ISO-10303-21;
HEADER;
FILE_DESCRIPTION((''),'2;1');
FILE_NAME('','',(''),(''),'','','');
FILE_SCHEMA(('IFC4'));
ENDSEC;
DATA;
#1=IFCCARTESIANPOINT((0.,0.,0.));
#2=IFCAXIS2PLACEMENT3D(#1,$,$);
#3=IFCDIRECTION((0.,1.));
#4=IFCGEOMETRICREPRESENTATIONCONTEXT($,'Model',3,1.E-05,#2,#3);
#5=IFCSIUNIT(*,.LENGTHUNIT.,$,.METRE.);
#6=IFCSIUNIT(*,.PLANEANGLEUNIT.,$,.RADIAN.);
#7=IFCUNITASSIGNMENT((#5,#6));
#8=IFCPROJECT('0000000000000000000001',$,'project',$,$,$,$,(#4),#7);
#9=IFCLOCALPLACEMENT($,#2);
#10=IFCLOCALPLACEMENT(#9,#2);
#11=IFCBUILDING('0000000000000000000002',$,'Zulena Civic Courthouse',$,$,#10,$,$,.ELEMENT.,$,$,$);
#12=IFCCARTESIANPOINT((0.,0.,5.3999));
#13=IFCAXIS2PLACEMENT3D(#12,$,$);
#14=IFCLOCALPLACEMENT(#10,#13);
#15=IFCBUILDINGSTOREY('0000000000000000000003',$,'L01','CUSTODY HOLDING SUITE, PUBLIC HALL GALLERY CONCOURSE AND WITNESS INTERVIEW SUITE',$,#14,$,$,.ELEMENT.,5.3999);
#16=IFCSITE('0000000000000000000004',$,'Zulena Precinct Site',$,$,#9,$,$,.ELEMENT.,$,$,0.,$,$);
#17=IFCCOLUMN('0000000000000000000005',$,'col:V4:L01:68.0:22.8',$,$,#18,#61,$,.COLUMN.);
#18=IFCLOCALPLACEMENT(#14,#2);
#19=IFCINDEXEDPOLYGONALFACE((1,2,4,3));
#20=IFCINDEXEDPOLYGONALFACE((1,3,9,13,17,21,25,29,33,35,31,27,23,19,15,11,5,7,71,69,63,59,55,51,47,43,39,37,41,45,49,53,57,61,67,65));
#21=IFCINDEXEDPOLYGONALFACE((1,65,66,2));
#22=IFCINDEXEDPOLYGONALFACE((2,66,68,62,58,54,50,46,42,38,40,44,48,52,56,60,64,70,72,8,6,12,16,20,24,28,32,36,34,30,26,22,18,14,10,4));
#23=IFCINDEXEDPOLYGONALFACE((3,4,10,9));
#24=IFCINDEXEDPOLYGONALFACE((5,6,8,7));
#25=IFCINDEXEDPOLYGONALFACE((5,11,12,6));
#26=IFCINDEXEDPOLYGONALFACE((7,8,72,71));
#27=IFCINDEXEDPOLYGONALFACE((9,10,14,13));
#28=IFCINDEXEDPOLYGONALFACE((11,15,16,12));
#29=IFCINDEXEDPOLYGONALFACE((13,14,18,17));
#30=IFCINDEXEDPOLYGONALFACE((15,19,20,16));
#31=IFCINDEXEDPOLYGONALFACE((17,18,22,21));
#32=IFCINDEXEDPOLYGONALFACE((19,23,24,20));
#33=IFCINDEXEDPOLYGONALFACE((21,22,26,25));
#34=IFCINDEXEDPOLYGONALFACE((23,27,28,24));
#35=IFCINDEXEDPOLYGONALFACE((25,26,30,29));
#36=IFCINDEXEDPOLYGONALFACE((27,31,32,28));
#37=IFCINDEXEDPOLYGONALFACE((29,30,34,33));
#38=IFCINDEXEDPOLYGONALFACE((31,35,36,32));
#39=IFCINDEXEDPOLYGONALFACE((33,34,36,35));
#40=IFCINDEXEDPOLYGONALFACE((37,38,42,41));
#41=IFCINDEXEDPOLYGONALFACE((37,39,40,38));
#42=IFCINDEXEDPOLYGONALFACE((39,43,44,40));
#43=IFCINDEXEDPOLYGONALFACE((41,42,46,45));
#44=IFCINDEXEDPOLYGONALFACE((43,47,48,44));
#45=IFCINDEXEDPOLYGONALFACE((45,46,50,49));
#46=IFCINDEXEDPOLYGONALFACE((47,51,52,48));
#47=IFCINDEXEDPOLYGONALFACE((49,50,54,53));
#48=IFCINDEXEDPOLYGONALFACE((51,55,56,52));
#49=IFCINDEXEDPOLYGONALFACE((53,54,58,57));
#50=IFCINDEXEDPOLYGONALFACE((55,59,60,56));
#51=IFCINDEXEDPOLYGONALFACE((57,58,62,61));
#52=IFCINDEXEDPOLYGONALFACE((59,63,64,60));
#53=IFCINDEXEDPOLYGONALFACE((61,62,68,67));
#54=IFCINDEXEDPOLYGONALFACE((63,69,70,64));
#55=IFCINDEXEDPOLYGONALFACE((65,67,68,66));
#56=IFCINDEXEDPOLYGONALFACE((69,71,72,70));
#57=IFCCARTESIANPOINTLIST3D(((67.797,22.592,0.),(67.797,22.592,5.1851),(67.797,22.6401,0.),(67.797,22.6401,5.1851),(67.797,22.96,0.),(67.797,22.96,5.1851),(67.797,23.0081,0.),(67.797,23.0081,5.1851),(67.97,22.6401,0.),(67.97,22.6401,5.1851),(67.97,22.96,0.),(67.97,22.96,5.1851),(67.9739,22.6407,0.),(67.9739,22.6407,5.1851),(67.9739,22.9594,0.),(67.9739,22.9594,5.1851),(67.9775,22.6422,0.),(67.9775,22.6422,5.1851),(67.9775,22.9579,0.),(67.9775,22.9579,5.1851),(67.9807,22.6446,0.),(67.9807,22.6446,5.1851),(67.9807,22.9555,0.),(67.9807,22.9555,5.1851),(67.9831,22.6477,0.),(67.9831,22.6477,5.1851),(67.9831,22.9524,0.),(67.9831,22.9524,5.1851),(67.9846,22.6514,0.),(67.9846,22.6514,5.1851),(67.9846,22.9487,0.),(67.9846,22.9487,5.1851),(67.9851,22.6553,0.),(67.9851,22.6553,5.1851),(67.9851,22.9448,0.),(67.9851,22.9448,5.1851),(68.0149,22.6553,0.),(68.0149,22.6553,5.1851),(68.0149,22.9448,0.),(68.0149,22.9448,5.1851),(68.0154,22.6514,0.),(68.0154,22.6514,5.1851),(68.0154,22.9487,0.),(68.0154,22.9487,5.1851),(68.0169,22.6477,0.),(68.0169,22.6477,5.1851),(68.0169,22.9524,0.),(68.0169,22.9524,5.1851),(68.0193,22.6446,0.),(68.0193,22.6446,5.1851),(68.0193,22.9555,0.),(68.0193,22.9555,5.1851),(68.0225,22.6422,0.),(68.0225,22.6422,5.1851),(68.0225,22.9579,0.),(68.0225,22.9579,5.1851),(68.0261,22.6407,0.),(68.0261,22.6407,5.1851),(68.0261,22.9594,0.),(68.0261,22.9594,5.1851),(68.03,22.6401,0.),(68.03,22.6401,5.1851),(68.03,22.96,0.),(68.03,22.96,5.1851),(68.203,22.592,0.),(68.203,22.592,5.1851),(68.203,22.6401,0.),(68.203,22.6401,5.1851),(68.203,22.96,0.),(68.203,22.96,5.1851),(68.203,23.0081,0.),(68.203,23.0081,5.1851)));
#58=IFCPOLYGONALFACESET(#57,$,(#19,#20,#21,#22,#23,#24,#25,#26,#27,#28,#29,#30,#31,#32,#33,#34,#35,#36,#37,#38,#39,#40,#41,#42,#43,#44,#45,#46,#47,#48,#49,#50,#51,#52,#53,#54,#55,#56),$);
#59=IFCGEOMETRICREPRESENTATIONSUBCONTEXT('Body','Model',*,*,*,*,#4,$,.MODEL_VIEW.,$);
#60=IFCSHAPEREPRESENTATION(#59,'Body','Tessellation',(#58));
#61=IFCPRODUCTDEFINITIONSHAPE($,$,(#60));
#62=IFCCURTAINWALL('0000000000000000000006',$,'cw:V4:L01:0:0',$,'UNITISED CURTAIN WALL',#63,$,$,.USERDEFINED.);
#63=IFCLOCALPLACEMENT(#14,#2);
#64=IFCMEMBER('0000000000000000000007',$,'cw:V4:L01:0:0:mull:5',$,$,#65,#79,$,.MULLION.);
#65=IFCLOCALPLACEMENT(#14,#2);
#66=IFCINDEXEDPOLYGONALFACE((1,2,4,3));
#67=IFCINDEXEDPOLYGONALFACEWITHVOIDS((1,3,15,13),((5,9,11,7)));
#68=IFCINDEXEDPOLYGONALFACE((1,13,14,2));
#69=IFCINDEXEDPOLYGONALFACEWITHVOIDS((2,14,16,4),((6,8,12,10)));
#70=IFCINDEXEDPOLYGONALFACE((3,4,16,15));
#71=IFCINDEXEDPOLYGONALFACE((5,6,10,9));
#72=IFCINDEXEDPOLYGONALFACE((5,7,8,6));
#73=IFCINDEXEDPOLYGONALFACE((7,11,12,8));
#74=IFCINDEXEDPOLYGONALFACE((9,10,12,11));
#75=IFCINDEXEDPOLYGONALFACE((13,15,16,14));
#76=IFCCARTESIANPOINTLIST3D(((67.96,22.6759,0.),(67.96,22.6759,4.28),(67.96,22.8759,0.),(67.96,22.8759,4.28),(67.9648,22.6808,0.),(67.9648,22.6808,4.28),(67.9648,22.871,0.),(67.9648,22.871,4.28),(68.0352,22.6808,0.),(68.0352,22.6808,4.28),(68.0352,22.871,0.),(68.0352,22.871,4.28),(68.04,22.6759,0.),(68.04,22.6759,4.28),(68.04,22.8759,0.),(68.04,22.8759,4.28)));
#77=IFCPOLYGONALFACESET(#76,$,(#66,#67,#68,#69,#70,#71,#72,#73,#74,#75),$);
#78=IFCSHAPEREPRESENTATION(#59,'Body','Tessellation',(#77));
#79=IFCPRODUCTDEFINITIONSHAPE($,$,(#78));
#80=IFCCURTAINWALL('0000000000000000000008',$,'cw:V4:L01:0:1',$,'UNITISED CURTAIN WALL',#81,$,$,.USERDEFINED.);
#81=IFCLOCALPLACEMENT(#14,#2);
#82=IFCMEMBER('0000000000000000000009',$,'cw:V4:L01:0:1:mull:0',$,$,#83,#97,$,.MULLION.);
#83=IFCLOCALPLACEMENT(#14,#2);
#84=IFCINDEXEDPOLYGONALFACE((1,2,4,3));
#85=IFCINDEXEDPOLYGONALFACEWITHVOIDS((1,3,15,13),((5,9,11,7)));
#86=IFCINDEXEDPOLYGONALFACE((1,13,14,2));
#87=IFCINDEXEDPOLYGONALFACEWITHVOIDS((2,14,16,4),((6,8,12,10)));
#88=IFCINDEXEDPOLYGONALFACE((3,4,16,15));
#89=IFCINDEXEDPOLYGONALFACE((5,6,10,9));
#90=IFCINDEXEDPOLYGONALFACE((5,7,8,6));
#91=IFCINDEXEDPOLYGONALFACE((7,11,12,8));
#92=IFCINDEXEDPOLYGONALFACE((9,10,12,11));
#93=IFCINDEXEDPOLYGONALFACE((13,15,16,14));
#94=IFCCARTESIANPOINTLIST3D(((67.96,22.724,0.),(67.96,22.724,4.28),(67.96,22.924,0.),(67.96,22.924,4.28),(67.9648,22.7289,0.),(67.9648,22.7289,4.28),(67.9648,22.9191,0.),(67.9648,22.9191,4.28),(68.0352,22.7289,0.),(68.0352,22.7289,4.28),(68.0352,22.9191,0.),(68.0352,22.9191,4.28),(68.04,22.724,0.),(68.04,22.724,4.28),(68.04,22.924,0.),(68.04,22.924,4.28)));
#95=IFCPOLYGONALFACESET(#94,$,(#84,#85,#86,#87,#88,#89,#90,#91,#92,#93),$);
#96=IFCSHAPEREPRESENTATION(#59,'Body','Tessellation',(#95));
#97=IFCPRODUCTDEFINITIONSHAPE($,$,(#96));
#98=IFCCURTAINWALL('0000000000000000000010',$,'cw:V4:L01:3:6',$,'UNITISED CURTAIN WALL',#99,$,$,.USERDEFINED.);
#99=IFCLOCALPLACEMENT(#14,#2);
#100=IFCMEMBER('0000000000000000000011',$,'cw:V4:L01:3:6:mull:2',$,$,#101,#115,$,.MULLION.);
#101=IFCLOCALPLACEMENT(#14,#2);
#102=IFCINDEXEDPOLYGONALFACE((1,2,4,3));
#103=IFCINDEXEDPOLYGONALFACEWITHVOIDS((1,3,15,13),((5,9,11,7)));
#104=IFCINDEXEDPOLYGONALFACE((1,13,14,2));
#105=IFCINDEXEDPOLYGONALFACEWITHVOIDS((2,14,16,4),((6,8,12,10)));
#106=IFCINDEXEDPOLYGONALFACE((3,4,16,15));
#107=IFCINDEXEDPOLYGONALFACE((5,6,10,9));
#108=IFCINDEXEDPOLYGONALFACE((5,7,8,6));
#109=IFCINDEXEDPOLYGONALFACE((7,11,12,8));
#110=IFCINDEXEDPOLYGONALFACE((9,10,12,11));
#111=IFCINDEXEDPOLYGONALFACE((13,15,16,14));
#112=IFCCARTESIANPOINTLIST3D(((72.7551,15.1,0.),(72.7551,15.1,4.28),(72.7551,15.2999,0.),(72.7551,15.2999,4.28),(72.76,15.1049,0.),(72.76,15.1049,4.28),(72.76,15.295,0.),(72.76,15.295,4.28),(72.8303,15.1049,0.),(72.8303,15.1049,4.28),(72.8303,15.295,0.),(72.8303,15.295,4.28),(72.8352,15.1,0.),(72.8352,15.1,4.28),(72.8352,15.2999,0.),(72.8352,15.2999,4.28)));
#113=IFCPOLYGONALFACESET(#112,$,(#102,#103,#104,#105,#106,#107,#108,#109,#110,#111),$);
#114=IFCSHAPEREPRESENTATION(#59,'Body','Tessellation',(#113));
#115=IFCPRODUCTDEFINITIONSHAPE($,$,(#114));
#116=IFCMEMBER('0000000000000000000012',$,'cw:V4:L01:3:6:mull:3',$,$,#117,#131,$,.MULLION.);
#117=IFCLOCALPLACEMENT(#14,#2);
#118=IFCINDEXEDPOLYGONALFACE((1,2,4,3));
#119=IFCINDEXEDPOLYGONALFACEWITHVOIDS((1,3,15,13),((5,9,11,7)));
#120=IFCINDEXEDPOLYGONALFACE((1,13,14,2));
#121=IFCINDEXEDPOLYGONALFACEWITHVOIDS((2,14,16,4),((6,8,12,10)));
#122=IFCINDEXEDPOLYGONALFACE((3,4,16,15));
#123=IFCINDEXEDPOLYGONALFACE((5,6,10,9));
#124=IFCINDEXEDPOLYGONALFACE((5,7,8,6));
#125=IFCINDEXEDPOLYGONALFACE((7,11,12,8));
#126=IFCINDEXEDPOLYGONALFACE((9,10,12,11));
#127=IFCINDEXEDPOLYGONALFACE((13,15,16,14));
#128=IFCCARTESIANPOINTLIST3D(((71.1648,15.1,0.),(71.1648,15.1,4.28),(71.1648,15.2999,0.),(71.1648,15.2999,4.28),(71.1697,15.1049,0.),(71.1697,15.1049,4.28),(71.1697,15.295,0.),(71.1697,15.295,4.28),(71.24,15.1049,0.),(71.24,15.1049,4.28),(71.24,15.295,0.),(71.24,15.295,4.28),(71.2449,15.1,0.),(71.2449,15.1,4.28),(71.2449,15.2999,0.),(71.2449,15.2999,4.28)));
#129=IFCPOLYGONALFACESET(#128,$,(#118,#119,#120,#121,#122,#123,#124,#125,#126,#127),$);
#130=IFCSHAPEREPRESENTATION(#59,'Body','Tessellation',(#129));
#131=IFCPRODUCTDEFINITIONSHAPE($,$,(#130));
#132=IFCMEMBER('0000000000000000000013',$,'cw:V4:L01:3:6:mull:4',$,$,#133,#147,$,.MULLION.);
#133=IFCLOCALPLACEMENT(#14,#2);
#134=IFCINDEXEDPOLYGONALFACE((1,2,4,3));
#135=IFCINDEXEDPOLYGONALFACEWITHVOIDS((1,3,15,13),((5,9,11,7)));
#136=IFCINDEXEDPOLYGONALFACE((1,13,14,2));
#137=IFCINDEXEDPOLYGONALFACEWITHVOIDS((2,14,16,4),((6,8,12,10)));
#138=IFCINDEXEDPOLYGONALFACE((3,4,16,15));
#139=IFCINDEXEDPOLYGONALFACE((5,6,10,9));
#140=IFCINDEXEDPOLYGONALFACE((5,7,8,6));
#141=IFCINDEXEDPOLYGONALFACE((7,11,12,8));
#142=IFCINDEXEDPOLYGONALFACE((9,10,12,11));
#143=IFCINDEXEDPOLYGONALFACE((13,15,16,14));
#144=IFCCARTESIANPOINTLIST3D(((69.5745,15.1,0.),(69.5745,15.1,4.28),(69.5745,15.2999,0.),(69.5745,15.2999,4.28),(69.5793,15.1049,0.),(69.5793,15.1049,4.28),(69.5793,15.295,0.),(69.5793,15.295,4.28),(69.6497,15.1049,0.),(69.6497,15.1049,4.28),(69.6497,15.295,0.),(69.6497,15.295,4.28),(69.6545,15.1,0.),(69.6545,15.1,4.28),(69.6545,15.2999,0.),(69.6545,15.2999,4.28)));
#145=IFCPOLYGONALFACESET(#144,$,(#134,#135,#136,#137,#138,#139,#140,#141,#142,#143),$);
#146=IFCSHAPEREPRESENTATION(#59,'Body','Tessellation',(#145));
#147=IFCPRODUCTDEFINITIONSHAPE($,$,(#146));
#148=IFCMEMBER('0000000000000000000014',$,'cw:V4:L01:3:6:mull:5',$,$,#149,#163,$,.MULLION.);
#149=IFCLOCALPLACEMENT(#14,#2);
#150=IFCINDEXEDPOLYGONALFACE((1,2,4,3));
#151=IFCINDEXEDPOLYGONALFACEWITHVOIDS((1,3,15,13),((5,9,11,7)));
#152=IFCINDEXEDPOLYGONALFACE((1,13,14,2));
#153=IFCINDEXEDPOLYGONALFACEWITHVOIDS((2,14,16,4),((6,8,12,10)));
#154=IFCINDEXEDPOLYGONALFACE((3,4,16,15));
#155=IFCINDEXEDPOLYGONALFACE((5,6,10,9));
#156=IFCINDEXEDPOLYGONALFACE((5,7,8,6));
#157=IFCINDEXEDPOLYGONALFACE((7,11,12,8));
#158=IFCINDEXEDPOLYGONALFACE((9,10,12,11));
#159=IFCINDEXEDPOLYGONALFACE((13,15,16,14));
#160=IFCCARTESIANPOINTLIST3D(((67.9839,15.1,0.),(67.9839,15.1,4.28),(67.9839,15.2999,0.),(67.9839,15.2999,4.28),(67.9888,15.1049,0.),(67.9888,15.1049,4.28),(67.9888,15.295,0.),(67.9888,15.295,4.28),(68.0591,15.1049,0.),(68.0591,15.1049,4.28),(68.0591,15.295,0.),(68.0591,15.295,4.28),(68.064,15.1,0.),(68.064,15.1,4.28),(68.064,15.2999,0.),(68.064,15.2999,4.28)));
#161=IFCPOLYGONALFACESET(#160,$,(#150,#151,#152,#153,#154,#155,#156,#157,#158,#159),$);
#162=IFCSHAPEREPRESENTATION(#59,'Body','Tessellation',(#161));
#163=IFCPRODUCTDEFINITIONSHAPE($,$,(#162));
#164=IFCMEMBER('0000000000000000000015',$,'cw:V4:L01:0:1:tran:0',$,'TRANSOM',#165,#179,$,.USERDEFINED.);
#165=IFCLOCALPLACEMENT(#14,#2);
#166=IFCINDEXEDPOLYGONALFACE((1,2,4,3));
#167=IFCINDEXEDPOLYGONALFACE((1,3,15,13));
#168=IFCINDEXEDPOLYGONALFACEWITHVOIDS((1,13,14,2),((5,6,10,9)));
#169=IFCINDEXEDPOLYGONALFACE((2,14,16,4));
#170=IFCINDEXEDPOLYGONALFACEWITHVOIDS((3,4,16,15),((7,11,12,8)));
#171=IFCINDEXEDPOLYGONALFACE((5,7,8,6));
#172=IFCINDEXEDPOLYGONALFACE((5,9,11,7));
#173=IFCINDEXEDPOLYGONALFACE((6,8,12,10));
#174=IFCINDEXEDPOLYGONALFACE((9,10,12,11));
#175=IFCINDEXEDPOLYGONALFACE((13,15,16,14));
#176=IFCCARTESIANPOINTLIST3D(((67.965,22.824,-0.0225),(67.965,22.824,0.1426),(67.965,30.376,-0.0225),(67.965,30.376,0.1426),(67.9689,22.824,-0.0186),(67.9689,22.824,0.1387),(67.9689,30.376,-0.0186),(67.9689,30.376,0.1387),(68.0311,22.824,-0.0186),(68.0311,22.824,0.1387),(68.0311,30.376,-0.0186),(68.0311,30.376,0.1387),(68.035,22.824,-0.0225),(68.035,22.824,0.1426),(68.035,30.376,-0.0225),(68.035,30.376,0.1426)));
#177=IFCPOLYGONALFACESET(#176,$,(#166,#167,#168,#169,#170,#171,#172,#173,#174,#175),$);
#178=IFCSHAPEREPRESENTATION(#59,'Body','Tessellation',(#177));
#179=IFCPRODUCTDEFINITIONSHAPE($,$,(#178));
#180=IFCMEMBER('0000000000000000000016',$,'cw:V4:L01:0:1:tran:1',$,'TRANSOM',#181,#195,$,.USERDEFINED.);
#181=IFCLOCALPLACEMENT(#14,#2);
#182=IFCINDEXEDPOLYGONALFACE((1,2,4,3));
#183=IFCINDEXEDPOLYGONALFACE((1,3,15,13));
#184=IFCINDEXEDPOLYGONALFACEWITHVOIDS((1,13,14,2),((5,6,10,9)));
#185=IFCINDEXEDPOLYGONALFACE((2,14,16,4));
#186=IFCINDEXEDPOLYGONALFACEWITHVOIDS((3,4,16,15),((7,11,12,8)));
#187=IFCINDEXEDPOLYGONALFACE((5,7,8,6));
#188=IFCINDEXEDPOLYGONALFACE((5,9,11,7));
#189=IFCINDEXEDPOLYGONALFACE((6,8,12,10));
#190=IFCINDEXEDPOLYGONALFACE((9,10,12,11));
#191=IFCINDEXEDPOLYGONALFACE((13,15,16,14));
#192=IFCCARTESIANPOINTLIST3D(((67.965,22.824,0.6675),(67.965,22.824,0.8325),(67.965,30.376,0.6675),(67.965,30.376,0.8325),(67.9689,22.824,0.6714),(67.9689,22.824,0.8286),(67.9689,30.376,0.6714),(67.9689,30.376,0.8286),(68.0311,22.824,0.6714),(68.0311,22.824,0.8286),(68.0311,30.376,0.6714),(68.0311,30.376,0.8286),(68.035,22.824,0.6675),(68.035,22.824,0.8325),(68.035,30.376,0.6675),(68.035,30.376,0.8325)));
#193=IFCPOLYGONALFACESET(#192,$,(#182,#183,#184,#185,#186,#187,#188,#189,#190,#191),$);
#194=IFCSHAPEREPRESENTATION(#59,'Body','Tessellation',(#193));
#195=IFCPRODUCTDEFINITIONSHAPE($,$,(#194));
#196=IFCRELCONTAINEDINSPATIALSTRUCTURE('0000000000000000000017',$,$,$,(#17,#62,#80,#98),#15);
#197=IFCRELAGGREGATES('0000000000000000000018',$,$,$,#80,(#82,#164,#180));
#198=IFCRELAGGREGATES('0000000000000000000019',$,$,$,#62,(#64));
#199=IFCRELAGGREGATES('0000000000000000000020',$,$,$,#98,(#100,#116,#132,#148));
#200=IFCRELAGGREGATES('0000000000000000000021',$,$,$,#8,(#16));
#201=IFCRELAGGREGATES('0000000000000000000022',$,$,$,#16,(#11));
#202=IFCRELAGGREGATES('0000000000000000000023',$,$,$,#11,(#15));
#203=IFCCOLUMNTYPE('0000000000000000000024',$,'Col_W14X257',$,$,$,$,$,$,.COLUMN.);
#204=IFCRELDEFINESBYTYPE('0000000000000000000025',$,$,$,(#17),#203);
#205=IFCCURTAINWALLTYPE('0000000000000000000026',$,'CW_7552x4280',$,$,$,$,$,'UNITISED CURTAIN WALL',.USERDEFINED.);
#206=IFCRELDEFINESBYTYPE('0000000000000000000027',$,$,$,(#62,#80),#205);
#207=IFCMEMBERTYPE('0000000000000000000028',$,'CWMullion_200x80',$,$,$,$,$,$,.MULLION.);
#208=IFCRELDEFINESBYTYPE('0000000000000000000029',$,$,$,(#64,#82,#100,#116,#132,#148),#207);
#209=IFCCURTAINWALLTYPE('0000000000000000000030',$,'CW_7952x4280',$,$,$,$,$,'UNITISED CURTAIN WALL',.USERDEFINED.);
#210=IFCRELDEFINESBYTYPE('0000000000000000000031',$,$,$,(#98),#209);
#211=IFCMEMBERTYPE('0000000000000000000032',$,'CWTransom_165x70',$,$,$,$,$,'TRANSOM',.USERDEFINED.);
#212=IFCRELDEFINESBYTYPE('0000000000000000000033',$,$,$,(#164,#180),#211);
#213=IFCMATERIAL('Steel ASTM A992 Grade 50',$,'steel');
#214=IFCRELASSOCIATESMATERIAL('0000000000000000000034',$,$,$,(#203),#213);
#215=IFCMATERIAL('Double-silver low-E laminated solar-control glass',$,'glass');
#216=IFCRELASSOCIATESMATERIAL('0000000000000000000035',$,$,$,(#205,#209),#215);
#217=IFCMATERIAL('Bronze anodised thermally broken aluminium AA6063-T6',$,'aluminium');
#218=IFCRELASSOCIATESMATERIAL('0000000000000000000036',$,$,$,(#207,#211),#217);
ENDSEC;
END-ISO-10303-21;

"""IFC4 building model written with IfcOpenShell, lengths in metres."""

from ifc_helpers import new_model, si_unit, direction, frame, origin, origin_2d, place, context, subcontext, project, spatial, hollow_rectangle, i_section, extrude, material, material_profile, profile_set, type_object, element, aggregate, save


model = new_model("IFC4")

# Units and contexts
model_context = context("Model", 3, precision=1e-05, world=origin(), true_north=direction((0.0, 1.0)))
body_context = subcontext(model_context, "Body", "Model", "MODEL_VIEW")
ifc_project = project(units=[si_unit("LENGTHUNIT", "METRE"), si_unit("PLANEANGLEUNIT", "RADIAN")], contexts=[model_context])

# Site, building, storey
site_placement = place(None, origin())
site = spatial("IfcSite", under=ifc_project, at=site_placement, Name="Zulena Precinct Site", CompositionType="ELEMENT", RefElevation=0.0)
building_placement = place(site_placement, origin())
building = spatial("IfcBuilding", under=site, at=building_placement, Name="Zulena Civic Courthouse", CompositionType="ELEMENT")
storey_placement = place(building_placement, frame((0.0, 0.0, 5.3999)))
storey = spatial("IfcBuildingStorey", under=building, at=storey_placement, Name="L01", Description="CUSTODY HOLDING SUITE, PUBLIC HALL GALLERY CONCOURSE AND WITNESS INTERVIEW SUITE", CompositionType="ELEMENT", Elevation=5.3999)

# Column
ifc_material_1 = material(Name="Steel ASTM A992 Grade 50", Category="steel")
ifc_material_profile_1 = material_profile(ifc_material_1, i_section(OverallWidth=0.406, OverallDepth=0.416, WebThickness=0.0298, FlangeThickness=0.0481, FilletRadius=0.0151, at=origin_2d()), Name="W14X257")
ifc_profile_set_1 = profile_set([ifc_material_profile_1], Name="Steel ASTM A992 Grade 50")
column_type = type_object("IfcColumnType", Name="Col_W14X257", PredefinedType="COLUMN", material=ifc_profile_set_1)
column_placement = place(storey_placement, frame((68.0, 22.8, 0.0), z_axis=(0.0, 0.0, 1.0), x_axis=(1.0, 0.0, 0.0)))
element("IfcColumn", 1, at=column_placement, inside=storey, type_object=column_type, Name="col:V4:L01:68.0:22.8", PredefinedType="COLUMN", context=body_context, shape_type="SweptSolid", body=[
    extrude(i_section(OverallWidth=0.406, OverallDepth=0.416, WebThickness=0.0298, FlangeThickness=0.0481, FilletRadius=0.0151, at=origin_2d()), origin(), (0.0, 0.0, 1.0), 5.1851),
])

# Curtain walls, members
ifc_material_2 = material(Name="Double-silver low-E laminated solar-control glass", Category="glass")
curtain_wall_type_1 = type_object("IfcCurtainWallType", Name="CW_7552x4280", ElementType="UNITISED CURTAIN WALL", PredefinedType="USERDEFINED", material=ifc_material_2)
curtain_wall_1_placement = place(storey_placement, origin())
curtain_wall_1 = element("IfcCurtainWall", 2, at=curtain_wall_1_placement, inside=storey, type_object=curtain_wall_type_1, Name="cw:V4:L01:0:0", ObjectType="UNITISED CURTAIN WALL", PredefinedType="USERDEFINED")
ifc_material_3 = material(Name="Bronze anodised thermally broken aluminium AA6063-T6", Category="aluminium")
ifc_material_profile_2 = material_profile(ifc_material_3, hollow_rectangle(XDim=0.0801, YDim=0.2, WallThickness=0.0049, at=origin_2d()), Name="CWM200X80X5")
ifc_profile_set_2 = profile_set([ifc_material_profile_2], Name="Bronze anodised thermally broken aluminium AA6063-T6")
member_type_1 = type_object("IfcMemberType", Name="CWMullion_200x80", PredefinedType="MULLION", material=ifc_profile_set_2)
member_1_placement = place(storey_placement, frame((68.0, 22.7759, 0.0), z_axis=(0.0, 0.0, 1.0), x_axis=(1.0, 0.0, 0.0)))
member_1 = element("IfcMember", 3, at=member_1_placement, type_object=member_type_1, Name="cw:V4:L01:0:0:mull:5", PredefinedType="MULLION", context=body_context, shape_type="SweptSolid", body=[
    extrude(hollow_rectangle(XDim=0.0801, YDim=0.2, WallThickness=0.0049, at=origin_2d()), origin(), (0.0, 0.0, 1.0), 4.28),
])
curtain_wall_2_placement = place(storey_placement, origin())
curtain_wall_2 = element("IfcCurtainWall", 4, at=curtain_wall_2_placement, inside=storey, type_object=curtain_wall_type_1, Name="cw:V4:L01:0:1", ObjectType="UNITISED CURTAIN WALL", PredefinedType="USERDEFINED")
member_2_placement = place(storey_placement, frame((68.0, 22.824, 0.0), z_axis=(0.0, 0.0, 1.0), x_axis=(1.0, 0.0, 0.0)))
member_2 = element("IfcMember", 5, at=member_2_placement, type_object=member_type_1, Name="cw:V4:L01:0:1:mull:0", PredefinedType="MULLION", context=body_context, shape_type="SweptSolid", body=[
    extrude(hollow_rectangle(XDim=0.0801, YDim=0.2, WallThickness=0.0049, at=origin_2d()), origin(), (0.0, 0.0, 1.0), 4.28),
])

# Curtain wall, members
curtain_wall_type_2 = type_object("IfcCurtainWallType", Name="CW_7952x4280", ElementType="UNITISED CURTAIN WALL", PredefinedType="USERDEFINED", material=ifc_material_2)
curtain_wall_3_placement = place(storey_placement, origin())
curtain_wall_3 = element("IfcCurtainWall", 6, at=curtain_wall_3_placement, inside=storey, type_object=curtain_wall_type_2, Name="cw:V4:L01:3:6", ObjectType="UNITISED CURTAIN WALL", PredefinedType="USERDEFINED")
member_3_placement = place(storey_placement, frame((72.7952, 15.2, 0.0), z_axis=(0.0, 0.0, 1.0), x_axis=(1.0, 0.0, 0.0)))
member_3 = element("IfcMember", 7, at=member_3_placement, type_object=member_type_1, Name="cw:V4:L01:3:6:mull:2", PredefinedType="MULLION", context=body_context, shape_type="SweptSolid", body=[
    extrude(hollow_rectangle(XDim=0.0801, YDim=0.2, WallThickness=0.0049, at=origin_2d()), origin(), (0.0, 0.0, 1.0), 4.28),
])
member_4_placement = place(storey_placement, frame((71.2048, 15.2, 0.0), z_axis=(0.0, 0.0, 1.0), x_axis=(1.0, 0.0, 0.0)))
member_4 = element("IfcMember", 8, at=member_4_placement, type_object=member_type_1, Name="cw:V4:L01:3:6:mull:3", PredefinedType="MULLION", context=body_context, shape_type="SweptSolid", body=[
    extrude(hollow_rectangle(XDim=0.0801, YDim=0.2, WallThickness=0.0049, at=origin_2d()), origin(), (0.0, 0.0, 1.0), 4.28),
])
member_5_placement = place(storey_placement, frame((69.6145, 15.2, 0.0), z_axis=(0.0, 0.0, 1.0), x_axis=(1.0, 0.0, 0.0)))
member_5 = element("IfcMember", 9, at=member_5_placement, type_object=member_type_1, Name="cw:V4:L01:3:6:mull:4", PredefinedType="MULLION", context=body_context, shape_type="SweptSolid", body=[
    extrude(hollow_rectangle(XDim=0.0801, YDim=0.2, WallThickness=0.0049, at=origin_2d()), origin(), (0.0, 0.0, 1.0), 4.28),
])
member_6_placement = place(storey_placement, frame((68.0239, 15.2, 0.0), z_axis=(0.0, 0.0, 1.0), x_axis=(1.0, 0.0, 0.0)))
member_6 = element("IfcMember", 10, at=member_6_placement, type_object=member_type_1, Name="cw:V4:L01:3:6:mull:5", PredefinedType="MULLION", context=body_context, shape_type="SweptSolid", body=[
    extrude(hollow_rectangle(XDim=0.0801, YDim=0.2, WallThickness=0.0049, at=origin_2d()), origin(), (0.0, 0.0, 1.0), 4.28),
])

# Members
ifc_material_profile_3 = material_profile(ifc_material_3, hollow_rectangle(XDim=0.0701, YDim=0.165, WallThickness=0.0039, at=origin_2d()), Name="CWT165X70X4")
ifc_profile_set_3 = profile_set([ifc_material_profile_3], Name="Bronze anodised thermally broken aluminium AA6063-T6")
member_type_2 = type_object("IfcMemberType", Name="CWTransom_165x70", ElementType="TRANSOM", PredefinedType="USERDEFINED", material=ifc_profile_set_3)
member_7_placement = place(storey_placement, frame((68.0, 22.824, 0.0601), z_axis=(0.0, 1.0, 0.0), x_axis=(-1.0, 0.0, 0.0)))
member_7 = element("IfcMember", 11, at=member_7_placement, type_object=member_type_2, Name="cw:V4:L01:0:1:tran:0", ObjectType="TRANSOM", PredefinedType="USERDEFINED", context=body_context, shape_type="SweptSolid", body=[
    extrude(hollow_rectangle(XDim=0.0701, YDim=0.165, WallThickness=0.0039, at=origin_2d()), origin(), (0.0, 0.0, 1.0), 7.552),
])
member_8_placement = place(storey_placement, frame((68.0, 22.824, 0.75), z_axis=(0.0, 1.0, 0.0), x_axis=(-1.0, 0.0, 0.0)))
member_8 = element("IfcMember", 12, at=member_8_placement, type_object=member_type_2, Name="cw:V4:L01:0:1:tran:1", ObjectType="TRANSOM", PredefinedType="USERDEFINED", context=body_context, shape_type="SweptSolid", body=[
    extrude(hollow_rectangle(XDim=0.0701, YDim=0.165, WallThickness=0.0039, at=origin_2d()), origin(), (0.0, 0.0, 1.0), 7.552),
])
aggregate(curtain_wall_2, [member_2, member_7, member_8])

aggregate(curtain_wall_1, [member_1])
aggregate(curtain_wall_3, [member_3, member_4, member_5, member_6])

save(model, "model.ifc")
